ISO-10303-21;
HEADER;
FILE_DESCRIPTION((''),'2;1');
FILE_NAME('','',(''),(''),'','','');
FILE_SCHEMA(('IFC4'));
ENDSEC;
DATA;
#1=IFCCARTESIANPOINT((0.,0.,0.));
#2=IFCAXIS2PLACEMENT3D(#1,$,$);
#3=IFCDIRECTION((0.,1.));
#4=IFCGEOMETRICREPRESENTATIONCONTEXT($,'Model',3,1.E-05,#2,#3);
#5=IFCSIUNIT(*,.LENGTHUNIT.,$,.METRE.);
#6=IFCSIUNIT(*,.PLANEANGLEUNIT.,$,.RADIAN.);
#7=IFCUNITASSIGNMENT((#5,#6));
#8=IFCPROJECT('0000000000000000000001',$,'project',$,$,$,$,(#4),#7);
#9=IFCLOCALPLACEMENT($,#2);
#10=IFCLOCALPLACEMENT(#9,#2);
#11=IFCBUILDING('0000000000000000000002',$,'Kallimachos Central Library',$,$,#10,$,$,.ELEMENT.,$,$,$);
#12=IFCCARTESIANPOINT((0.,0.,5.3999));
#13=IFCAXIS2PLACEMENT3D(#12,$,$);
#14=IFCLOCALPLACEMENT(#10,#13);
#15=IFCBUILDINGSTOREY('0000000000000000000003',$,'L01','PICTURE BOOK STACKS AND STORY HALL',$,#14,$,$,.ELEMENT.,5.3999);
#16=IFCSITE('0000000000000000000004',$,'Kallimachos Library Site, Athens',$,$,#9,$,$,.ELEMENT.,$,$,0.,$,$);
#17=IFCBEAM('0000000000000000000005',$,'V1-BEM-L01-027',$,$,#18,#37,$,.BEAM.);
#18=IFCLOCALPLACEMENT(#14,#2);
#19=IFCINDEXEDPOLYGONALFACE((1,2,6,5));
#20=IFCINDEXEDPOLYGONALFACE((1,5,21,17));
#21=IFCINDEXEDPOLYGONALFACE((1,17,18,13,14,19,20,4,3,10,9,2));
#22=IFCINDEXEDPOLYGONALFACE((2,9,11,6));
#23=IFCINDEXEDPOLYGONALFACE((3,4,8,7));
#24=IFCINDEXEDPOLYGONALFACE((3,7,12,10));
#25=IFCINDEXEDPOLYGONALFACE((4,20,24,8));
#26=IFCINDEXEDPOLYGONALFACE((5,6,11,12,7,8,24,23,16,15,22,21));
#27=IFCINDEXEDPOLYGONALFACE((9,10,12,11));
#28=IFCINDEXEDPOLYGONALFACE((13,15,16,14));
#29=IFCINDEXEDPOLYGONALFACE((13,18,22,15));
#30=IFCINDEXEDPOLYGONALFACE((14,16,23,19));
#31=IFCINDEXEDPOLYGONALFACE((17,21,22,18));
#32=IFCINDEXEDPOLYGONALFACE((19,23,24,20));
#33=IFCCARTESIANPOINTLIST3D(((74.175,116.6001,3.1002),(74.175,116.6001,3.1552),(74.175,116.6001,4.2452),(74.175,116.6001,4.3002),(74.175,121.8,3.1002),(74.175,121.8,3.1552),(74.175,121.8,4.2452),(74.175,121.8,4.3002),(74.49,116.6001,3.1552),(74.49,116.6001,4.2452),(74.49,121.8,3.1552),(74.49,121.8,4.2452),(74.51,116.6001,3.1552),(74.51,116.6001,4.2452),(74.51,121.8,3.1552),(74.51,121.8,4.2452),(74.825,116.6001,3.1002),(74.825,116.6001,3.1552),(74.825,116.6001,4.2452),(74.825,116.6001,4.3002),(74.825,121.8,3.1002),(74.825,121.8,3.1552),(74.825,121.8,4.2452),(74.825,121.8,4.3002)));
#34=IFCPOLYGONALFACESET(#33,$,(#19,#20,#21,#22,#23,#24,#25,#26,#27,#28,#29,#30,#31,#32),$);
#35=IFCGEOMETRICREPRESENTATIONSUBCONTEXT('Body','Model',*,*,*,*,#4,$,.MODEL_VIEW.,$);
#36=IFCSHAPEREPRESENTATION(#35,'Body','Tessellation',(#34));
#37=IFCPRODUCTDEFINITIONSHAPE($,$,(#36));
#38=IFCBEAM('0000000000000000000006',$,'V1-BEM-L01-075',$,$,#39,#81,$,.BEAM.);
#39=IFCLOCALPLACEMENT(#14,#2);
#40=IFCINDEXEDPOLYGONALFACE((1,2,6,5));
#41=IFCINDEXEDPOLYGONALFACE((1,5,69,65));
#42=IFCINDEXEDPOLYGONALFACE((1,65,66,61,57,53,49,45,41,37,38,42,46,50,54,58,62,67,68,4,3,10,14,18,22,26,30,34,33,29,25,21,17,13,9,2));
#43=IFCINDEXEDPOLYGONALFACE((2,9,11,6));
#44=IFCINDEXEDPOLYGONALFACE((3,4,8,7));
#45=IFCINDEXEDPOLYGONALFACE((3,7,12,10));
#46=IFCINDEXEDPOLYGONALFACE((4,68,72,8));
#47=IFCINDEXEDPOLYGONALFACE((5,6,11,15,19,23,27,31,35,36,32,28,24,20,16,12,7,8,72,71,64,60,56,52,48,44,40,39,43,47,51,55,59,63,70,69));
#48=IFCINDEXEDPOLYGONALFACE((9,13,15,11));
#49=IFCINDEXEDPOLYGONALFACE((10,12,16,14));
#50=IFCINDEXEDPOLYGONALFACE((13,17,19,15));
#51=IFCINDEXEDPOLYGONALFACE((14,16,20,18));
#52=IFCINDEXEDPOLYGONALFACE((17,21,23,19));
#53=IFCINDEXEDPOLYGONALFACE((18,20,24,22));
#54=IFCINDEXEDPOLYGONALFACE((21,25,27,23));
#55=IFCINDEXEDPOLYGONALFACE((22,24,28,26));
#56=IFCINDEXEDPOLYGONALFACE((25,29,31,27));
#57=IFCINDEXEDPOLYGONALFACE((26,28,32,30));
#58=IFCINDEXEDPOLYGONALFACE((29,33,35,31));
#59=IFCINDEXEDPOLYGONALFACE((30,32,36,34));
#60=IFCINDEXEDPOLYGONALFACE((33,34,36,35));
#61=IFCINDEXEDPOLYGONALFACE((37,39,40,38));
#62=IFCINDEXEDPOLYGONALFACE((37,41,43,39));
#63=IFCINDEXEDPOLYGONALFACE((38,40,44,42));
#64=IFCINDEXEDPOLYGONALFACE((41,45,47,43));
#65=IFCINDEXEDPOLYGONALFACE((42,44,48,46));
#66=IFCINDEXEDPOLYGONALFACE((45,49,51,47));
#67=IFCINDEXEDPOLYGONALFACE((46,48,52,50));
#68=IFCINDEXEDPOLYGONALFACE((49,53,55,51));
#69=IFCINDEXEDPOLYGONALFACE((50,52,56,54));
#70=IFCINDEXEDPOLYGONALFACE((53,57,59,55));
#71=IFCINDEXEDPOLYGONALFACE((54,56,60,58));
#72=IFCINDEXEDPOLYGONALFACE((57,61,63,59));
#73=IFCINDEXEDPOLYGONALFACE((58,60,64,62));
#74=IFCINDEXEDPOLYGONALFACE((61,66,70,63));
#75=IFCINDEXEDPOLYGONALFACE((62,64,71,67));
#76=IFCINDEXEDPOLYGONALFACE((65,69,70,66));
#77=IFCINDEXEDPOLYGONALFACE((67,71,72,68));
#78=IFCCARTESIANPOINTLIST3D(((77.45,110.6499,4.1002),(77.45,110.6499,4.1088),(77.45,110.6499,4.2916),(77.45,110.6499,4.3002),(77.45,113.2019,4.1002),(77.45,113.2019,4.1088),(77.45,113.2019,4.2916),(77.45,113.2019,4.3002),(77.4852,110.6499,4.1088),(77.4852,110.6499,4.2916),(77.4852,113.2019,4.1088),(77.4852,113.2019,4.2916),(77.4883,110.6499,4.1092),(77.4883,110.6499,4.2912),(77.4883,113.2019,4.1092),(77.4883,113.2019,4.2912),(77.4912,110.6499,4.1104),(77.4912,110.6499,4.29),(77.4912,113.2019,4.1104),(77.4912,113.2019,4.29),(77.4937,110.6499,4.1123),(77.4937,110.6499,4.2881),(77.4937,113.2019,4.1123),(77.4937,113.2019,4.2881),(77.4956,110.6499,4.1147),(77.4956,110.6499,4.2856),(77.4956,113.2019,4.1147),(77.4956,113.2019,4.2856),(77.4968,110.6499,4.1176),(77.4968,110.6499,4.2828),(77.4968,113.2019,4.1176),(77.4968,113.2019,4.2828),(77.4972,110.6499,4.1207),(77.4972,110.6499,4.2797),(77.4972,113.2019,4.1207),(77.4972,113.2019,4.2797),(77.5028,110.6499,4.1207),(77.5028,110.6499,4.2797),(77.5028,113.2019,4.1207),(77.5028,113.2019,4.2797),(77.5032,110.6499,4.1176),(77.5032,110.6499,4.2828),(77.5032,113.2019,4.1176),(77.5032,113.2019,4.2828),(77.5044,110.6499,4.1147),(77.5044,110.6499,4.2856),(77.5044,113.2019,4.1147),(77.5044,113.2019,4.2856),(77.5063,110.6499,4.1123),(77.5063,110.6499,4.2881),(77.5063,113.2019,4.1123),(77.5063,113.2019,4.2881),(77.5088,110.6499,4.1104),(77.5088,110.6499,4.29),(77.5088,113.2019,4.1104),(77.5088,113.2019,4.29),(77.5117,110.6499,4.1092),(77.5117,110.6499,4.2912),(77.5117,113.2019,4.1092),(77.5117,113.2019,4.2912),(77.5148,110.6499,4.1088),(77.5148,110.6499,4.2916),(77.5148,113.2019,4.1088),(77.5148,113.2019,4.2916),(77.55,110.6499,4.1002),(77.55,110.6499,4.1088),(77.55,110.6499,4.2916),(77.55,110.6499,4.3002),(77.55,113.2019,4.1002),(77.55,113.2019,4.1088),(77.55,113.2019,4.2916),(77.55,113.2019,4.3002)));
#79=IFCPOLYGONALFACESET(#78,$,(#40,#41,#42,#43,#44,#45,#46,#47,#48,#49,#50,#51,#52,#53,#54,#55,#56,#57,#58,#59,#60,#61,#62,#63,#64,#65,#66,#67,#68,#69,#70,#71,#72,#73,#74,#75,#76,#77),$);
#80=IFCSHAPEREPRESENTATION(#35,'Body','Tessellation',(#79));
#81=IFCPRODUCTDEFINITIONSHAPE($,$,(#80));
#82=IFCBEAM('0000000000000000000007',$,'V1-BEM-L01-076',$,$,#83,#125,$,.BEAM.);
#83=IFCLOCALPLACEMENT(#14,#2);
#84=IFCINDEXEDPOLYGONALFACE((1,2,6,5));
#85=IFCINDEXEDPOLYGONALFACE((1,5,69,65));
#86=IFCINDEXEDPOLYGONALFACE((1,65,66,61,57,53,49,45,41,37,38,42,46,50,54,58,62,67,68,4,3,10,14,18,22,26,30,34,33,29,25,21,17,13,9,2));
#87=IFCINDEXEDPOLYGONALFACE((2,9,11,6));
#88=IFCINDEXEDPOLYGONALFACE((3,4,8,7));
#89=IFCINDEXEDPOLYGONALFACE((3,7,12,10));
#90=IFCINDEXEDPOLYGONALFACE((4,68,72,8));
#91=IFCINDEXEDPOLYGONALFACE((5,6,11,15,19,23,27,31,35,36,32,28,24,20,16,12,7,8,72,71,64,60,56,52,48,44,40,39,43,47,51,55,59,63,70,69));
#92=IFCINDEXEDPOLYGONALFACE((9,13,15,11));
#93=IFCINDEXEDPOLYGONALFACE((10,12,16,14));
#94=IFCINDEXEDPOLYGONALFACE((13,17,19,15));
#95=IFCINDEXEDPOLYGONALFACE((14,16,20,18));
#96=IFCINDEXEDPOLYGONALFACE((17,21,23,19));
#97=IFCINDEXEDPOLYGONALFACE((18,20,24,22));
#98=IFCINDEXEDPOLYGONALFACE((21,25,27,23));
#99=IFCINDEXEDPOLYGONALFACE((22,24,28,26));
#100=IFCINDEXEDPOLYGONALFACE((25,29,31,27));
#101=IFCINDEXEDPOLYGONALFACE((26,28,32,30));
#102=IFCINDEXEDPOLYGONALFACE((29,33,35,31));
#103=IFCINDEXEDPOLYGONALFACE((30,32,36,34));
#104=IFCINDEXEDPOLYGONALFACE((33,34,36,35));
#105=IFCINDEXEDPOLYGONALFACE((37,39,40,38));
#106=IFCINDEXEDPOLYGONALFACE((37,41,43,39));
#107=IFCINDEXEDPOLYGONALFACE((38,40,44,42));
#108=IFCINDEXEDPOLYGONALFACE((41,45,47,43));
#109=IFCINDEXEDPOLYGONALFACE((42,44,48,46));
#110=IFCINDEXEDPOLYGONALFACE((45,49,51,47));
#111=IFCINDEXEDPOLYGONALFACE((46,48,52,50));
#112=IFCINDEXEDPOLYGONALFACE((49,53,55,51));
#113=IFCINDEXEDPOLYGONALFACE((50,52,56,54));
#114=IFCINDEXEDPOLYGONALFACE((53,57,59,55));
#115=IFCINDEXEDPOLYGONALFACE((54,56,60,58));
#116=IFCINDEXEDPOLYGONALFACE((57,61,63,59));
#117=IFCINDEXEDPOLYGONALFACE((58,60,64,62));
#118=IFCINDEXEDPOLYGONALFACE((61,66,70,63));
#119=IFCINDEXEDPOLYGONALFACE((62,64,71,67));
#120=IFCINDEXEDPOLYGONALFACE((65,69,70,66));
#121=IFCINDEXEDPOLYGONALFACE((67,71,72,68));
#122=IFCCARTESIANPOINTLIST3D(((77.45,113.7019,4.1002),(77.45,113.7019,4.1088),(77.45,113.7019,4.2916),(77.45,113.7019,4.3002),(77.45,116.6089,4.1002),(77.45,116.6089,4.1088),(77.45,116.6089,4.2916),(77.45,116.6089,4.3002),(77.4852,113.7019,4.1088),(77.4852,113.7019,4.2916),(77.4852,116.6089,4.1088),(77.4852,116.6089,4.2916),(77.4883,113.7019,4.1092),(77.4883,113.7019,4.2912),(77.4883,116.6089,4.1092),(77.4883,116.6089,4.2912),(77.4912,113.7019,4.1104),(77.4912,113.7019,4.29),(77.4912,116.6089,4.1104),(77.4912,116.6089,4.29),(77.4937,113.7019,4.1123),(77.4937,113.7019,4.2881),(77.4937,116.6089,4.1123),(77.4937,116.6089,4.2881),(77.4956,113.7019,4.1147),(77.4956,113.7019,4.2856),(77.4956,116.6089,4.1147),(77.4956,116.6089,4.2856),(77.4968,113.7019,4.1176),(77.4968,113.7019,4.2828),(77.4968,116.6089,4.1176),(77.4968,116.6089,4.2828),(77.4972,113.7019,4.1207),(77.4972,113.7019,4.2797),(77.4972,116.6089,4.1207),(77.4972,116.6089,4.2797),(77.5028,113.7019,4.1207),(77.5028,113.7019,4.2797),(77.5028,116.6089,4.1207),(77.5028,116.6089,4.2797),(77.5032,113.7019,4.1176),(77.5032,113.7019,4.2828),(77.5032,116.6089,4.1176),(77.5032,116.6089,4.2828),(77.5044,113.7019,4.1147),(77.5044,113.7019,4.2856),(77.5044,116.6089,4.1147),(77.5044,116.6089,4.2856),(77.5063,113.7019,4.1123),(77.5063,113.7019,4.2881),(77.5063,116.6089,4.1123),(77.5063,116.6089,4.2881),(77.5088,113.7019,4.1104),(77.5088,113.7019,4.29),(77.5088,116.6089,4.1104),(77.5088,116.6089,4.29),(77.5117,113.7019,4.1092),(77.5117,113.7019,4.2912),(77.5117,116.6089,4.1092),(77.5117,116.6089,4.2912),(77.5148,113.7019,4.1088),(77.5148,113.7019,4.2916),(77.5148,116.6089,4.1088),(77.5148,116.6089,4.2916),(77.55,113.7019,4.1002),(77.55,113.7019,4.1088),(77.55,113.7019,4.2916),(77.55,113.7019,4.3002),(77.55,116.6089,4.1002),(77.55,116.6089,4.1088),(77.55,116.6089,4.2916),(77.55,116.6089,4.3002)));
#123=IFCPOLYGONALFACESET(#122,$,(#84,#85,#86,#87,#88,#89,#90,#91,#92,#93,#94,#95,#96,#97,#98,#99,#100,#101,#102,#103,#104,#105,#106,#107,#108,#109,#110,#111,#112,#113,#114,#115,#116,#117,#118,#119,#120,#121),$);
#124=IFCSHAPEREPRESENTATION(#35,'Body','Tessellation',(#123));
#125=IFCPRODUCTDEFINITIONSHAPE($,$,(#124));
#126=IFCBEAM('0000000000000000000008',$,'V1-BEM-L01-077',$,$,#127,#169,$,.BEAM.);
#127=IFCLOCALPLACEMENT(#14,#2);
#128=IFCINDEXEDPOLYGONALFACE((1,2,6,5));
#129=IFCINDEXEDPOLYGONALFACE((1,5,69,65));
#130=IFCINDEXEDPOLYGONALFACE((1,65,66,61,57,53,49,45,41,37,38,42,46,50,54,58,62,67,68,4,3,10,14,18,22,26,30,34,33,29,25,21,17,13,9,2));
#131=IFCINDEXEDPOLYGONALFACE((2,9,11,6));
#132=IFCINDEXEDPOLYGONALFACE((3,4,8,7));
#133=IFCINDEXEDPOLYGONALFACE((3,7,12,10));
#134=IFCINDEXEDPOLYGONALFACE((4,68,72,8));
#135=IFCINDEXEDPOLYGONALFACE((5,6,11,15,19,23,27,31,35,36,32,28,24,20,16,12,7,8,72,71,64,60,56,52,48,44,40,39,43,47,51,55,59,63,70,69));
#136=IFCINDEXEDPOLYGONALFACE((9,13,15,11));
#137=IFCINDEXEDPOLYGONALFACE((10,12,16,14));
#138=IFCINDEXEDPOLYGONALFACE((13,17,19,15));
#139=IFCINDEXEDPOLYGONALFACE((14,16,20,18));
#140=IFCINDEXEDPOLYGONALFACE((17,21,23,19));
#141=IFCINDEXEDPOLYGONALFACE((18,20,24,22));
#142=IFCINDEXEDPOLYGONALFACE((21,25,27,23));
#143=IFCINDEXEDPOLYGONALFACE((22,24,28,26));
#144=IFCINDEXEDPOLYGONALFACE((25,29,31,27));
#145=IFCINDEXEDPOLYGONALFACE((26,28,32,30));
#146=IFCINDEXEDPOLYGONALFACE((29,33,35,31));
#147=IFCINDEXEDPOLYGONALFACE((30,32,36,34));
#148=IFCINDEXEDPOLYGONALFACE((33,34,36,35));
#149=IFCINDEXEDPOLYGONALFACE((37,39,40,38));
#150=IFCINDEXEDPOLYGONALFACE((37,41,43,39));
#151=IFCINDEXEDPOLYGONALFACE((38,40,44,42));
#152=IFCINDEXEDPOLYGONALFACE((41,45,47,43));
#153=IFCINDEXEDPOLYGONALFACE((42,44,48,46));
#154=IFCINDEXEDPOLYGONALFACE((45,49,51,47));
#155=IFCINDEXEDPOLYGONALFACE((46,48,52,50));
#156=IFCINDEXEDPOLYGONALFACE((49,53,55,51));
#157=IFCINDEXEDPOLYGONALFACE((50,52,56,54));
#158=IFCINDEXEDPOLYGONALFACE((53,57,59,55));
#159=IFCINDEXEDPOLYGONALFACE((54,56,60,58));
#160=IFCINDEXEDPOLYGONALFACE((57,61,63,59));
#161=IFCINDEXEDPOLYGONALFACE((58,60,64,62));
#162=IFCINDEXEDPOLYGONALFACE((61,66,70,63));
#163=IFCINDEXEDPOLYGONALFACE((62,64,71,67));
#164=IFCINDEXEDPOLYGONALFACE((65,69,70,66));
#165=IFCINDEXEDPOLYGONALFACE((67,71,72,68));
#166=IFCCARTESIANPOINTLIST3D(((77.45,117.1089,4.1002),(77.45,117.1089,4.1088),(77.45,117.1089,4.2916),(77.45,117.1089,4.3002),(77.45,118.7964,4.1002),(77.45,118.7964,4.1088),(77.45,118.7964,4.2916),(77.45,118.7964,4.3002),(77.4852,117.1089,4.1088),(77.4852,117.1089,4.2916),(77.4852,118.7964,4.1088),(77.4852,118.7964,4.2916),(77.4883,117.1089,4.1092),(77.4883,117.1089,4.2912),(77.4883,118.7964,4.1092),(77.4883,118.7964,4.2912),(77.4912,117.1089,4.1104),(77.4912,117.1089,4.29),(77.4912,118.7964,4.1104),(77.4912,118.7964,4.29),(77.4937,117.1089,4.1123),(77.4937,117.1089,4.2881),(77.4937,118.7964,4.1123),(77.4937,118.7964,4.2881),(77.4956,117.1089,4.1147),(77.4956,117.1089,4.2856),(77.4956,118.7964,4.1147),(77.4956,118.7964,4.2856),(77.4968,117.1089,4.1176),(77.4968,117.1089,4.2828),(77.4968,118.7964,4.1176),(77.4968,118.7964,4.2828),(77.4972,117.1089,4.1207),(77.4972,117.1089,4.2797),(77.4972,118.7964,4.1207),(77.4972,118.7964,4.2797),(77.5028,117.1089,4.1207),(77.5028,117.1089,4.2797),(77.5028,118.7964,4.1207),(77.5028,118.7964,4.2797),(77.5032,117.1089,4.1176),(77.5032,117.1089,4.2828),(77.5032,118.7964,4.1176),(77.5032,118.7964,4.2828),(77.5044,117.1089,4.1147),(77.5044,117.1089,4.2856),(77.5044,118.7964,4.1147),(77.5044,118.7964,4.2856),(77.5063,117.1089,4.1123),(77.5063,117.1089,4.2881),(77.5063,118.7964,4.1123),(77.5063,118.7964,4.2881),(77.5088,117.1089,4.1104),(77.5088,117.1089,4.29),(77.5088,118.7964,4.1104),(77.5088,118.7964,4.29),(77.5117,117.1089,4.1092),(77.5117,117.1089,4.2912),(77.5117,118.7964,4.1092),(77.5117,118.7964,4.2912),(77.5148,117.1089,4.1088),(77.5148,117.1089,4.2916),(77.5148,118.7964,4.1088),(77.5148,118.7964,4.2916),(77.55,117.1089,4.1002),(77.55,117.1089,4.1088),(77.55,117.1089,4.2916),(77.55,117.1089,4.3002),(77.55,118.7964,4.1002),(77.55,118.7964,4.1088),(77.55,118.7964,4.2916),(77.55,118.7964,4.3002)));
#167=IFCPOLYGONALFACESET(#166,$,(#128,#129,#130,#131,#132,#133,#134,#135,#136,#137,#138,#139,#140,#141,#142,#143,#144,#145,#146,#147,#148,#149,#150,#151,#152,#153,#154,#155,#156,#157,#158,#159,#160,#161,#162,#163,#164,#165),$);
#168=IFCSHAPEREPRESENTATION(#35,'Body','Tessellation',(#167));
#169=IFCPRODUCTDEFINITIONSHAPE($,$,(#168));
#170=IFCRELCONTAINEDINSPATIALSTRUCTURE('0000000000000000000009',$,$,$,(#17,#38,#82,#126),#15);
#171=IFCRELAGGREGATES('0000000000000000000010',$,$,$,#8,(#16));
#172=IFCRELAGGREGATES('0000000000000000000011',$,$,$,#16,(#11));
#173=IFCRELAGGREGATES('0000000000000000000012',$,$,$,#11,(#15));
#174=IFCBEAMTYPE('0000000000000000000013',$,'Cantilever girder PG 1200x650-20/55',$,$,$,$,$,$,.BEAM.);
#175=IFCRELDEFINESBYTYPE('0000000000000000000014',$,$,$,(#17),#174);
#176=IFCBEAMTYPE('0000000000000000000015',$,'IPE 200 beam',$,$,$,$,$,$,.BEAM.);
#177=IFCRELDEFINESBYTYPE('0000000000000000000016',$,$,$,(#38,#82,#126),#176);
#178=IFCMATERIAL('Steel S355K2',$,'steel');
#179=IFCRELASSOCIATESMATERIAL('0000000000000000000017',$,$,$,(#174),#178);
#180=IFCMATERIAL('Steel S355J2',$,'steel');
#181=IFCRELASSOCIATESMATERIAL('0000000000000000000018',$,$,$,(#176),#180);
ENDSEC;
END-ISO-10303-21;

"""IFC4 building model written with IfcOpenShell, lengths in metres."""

from ifc_helpers import new_model, si_unit, direction, frame, origin, origin_2d, place, context, subcontext, project, spatial, i_section, extrude, material, material_profile, profile_set, type_object, element, save


model = new_model("IFC4")

# Units and contexts
model_context = context("Model", 3, precision=1e-05, world=origin(), true_north=direction((0.0, 1.0)))
body_context = subcontext(model_context, "Body", "Model", "MODEL_VIEW")
ifc_project = project(units=[si_unit("LENGTHUNIT", "METRE"), si_unit("PLANEANGLEUNIT", "RADIAN")], contexts=[model_context])

# Site, building, storey
site_placement = place(None, origin())
site = spatial("IfcSite", under=ifc_project, at=site_placement, Name="Kallimachos Library Site, Athens", CompositionType="ELEMENT", RefElevation=0.0)
building_placement = place(site_placement, origin())
building = spatial("IfcBuilding", under=site, at=building_placement, Name="Kallimachos Central Library", CompositionType="ELEMENT")
storey_placement = place(building_placement, frame((0.0, 0.0, 5.3999)))
storey = spatial("IfcBuildingStorey", under=building, at=storey_placement, Name="L01", Description="PICTURE BOOK STACKS AND STORY HALL", CompositionType="ELEMENT", Elevation=5.3999)

# Beams
ifc_material_1 = material(Name="Steel S355K2", Category="steel")
ifc_material_profile_1 = material_profile(ifc_material_1, i_section(OverallWidth=0.6499, OverallDepth=1.2, WebThickness=0.02, FlangeThickness=0.0549, at=origin_2d()), Name="PG 1200x650-20/55")
ifc_profile_set_1 = profile_set([ifc_material_profile_1], Name="Steel S355K2")
beam_type_1 = type_object("IfcBeamType", Name="Cantilever girder PG 1200x650-20/55", PredefinedType="BEAM", material=ifc_profile_set_1)
beam_1_placement = place(storey_placement, frame((74.5, 116.6001, 3.7002), z_axis=(0.0, 1.0, 0.0), x_axis=(-1.0, 0.0, 0.0)))
element("IfcBeam", 1, at=beam_1_placement, inside=storey, type_object=beam_type_1, Name="V1-BEM-L01-027", PredefinedType="BEAM", context=body_context, shape_type="SweptSolid", body=[
    extrude(i_section(OverallWidth=0.6499, OverallDepth=1.2, WebThickness=0.02, FlangeThickness=0.0549, at=origin_2d()), origin(), (0.0, 0.0, 1.0), 5.2),
])
ifc_material_2 = material(Name="Steel S355J2", Category="steel")
ifc_material_profile_2 = material_profile(ifc_material_2, i_section(OverallWidth=0.1001, OverallDepth=0.2, WebThickness=0.0056, FlangeThickness=0.0085, FilletRadius=0.012, at=origin_2d()), Name="IPE 200")
ifc_profile_set_2 = profile_set([ifc_material_profile_2], Name="Steel S355J2")
beam_type_2 = type_object("IfcBeamType", Name="IPE 200 beam", PredefinedType="BEAM", material=ifc_profile_set_2)
beam_2_placement = place(storey_placement, frame((77.5, 110.6499, 4.2002), z_axis=(0.0, 1.0, 0.0), x_axis=(-1.0, 0.0, 0.0)))
element("IfcBeam", 2, at=beam_2_placement, inside=storey, type_object=beam_type_2, Name="V1-BEM-L01-075", PredefinedType="BEAM", context=body_context, shape_type="SweptSolid", body=[
    extrude(i_section(OverallWidth=0.1001, OverallDepth=0.2, WebThickness=0.0056, FlangeThickness=0.0085, FilletRadius=0.012, at=origin_2d()), origin(), (0.0, 0.0, 1.0), 2.552),
])
beam_3_placement = place(storey_placement, frame((77.5, 113.7019, 4.2002), z_axis=(0.0, 1.0, 0.0), x_axis=(-1.0, 0.0, 0.0)))
element("IfcBeam", 3, at=beam_3_placement, inside=storey, type_object=beam_type_2, Name="V1-BEM-L01-076", PredefinedType="BEAM", context=body_context, shape_type="SweptSolid", body=[
    extrude(i_section(OverallWidth=0.1001, OverallDepth=0.2, WebThickness=0.0056, FlangeThickness=0.0085, FilletRadius=0.012, at=origin_2d()), origin(), (0.0, 0.0, 1.0), 2.907),
])
beam_4_placement = place(storey_placement, frame((77.5, 117.1089, 4.2002), z_axis=(0.0, 1.0, 0.0), x_axis=(-1.0, 0.0, 0.0)))
element("IfcBeam", 4, at=beam_4_placement, inside=storey, type_object=beam_type_2, Name="V1-BEM-L01-077", PredefinedType="BEAM", context=body_context, shape_type="SweptSolid", body=[
    extrude(i_section(OverallWidth=0.1001, OverallDepth=0.2, WebThickness=0.0056, FlangeThickness=0.0085, FilletRadius=0.012, at=origin_2d()), origin(), (0.0, 0.0, 1.0), 1.6875),
])

save(model, "model.ifc")
